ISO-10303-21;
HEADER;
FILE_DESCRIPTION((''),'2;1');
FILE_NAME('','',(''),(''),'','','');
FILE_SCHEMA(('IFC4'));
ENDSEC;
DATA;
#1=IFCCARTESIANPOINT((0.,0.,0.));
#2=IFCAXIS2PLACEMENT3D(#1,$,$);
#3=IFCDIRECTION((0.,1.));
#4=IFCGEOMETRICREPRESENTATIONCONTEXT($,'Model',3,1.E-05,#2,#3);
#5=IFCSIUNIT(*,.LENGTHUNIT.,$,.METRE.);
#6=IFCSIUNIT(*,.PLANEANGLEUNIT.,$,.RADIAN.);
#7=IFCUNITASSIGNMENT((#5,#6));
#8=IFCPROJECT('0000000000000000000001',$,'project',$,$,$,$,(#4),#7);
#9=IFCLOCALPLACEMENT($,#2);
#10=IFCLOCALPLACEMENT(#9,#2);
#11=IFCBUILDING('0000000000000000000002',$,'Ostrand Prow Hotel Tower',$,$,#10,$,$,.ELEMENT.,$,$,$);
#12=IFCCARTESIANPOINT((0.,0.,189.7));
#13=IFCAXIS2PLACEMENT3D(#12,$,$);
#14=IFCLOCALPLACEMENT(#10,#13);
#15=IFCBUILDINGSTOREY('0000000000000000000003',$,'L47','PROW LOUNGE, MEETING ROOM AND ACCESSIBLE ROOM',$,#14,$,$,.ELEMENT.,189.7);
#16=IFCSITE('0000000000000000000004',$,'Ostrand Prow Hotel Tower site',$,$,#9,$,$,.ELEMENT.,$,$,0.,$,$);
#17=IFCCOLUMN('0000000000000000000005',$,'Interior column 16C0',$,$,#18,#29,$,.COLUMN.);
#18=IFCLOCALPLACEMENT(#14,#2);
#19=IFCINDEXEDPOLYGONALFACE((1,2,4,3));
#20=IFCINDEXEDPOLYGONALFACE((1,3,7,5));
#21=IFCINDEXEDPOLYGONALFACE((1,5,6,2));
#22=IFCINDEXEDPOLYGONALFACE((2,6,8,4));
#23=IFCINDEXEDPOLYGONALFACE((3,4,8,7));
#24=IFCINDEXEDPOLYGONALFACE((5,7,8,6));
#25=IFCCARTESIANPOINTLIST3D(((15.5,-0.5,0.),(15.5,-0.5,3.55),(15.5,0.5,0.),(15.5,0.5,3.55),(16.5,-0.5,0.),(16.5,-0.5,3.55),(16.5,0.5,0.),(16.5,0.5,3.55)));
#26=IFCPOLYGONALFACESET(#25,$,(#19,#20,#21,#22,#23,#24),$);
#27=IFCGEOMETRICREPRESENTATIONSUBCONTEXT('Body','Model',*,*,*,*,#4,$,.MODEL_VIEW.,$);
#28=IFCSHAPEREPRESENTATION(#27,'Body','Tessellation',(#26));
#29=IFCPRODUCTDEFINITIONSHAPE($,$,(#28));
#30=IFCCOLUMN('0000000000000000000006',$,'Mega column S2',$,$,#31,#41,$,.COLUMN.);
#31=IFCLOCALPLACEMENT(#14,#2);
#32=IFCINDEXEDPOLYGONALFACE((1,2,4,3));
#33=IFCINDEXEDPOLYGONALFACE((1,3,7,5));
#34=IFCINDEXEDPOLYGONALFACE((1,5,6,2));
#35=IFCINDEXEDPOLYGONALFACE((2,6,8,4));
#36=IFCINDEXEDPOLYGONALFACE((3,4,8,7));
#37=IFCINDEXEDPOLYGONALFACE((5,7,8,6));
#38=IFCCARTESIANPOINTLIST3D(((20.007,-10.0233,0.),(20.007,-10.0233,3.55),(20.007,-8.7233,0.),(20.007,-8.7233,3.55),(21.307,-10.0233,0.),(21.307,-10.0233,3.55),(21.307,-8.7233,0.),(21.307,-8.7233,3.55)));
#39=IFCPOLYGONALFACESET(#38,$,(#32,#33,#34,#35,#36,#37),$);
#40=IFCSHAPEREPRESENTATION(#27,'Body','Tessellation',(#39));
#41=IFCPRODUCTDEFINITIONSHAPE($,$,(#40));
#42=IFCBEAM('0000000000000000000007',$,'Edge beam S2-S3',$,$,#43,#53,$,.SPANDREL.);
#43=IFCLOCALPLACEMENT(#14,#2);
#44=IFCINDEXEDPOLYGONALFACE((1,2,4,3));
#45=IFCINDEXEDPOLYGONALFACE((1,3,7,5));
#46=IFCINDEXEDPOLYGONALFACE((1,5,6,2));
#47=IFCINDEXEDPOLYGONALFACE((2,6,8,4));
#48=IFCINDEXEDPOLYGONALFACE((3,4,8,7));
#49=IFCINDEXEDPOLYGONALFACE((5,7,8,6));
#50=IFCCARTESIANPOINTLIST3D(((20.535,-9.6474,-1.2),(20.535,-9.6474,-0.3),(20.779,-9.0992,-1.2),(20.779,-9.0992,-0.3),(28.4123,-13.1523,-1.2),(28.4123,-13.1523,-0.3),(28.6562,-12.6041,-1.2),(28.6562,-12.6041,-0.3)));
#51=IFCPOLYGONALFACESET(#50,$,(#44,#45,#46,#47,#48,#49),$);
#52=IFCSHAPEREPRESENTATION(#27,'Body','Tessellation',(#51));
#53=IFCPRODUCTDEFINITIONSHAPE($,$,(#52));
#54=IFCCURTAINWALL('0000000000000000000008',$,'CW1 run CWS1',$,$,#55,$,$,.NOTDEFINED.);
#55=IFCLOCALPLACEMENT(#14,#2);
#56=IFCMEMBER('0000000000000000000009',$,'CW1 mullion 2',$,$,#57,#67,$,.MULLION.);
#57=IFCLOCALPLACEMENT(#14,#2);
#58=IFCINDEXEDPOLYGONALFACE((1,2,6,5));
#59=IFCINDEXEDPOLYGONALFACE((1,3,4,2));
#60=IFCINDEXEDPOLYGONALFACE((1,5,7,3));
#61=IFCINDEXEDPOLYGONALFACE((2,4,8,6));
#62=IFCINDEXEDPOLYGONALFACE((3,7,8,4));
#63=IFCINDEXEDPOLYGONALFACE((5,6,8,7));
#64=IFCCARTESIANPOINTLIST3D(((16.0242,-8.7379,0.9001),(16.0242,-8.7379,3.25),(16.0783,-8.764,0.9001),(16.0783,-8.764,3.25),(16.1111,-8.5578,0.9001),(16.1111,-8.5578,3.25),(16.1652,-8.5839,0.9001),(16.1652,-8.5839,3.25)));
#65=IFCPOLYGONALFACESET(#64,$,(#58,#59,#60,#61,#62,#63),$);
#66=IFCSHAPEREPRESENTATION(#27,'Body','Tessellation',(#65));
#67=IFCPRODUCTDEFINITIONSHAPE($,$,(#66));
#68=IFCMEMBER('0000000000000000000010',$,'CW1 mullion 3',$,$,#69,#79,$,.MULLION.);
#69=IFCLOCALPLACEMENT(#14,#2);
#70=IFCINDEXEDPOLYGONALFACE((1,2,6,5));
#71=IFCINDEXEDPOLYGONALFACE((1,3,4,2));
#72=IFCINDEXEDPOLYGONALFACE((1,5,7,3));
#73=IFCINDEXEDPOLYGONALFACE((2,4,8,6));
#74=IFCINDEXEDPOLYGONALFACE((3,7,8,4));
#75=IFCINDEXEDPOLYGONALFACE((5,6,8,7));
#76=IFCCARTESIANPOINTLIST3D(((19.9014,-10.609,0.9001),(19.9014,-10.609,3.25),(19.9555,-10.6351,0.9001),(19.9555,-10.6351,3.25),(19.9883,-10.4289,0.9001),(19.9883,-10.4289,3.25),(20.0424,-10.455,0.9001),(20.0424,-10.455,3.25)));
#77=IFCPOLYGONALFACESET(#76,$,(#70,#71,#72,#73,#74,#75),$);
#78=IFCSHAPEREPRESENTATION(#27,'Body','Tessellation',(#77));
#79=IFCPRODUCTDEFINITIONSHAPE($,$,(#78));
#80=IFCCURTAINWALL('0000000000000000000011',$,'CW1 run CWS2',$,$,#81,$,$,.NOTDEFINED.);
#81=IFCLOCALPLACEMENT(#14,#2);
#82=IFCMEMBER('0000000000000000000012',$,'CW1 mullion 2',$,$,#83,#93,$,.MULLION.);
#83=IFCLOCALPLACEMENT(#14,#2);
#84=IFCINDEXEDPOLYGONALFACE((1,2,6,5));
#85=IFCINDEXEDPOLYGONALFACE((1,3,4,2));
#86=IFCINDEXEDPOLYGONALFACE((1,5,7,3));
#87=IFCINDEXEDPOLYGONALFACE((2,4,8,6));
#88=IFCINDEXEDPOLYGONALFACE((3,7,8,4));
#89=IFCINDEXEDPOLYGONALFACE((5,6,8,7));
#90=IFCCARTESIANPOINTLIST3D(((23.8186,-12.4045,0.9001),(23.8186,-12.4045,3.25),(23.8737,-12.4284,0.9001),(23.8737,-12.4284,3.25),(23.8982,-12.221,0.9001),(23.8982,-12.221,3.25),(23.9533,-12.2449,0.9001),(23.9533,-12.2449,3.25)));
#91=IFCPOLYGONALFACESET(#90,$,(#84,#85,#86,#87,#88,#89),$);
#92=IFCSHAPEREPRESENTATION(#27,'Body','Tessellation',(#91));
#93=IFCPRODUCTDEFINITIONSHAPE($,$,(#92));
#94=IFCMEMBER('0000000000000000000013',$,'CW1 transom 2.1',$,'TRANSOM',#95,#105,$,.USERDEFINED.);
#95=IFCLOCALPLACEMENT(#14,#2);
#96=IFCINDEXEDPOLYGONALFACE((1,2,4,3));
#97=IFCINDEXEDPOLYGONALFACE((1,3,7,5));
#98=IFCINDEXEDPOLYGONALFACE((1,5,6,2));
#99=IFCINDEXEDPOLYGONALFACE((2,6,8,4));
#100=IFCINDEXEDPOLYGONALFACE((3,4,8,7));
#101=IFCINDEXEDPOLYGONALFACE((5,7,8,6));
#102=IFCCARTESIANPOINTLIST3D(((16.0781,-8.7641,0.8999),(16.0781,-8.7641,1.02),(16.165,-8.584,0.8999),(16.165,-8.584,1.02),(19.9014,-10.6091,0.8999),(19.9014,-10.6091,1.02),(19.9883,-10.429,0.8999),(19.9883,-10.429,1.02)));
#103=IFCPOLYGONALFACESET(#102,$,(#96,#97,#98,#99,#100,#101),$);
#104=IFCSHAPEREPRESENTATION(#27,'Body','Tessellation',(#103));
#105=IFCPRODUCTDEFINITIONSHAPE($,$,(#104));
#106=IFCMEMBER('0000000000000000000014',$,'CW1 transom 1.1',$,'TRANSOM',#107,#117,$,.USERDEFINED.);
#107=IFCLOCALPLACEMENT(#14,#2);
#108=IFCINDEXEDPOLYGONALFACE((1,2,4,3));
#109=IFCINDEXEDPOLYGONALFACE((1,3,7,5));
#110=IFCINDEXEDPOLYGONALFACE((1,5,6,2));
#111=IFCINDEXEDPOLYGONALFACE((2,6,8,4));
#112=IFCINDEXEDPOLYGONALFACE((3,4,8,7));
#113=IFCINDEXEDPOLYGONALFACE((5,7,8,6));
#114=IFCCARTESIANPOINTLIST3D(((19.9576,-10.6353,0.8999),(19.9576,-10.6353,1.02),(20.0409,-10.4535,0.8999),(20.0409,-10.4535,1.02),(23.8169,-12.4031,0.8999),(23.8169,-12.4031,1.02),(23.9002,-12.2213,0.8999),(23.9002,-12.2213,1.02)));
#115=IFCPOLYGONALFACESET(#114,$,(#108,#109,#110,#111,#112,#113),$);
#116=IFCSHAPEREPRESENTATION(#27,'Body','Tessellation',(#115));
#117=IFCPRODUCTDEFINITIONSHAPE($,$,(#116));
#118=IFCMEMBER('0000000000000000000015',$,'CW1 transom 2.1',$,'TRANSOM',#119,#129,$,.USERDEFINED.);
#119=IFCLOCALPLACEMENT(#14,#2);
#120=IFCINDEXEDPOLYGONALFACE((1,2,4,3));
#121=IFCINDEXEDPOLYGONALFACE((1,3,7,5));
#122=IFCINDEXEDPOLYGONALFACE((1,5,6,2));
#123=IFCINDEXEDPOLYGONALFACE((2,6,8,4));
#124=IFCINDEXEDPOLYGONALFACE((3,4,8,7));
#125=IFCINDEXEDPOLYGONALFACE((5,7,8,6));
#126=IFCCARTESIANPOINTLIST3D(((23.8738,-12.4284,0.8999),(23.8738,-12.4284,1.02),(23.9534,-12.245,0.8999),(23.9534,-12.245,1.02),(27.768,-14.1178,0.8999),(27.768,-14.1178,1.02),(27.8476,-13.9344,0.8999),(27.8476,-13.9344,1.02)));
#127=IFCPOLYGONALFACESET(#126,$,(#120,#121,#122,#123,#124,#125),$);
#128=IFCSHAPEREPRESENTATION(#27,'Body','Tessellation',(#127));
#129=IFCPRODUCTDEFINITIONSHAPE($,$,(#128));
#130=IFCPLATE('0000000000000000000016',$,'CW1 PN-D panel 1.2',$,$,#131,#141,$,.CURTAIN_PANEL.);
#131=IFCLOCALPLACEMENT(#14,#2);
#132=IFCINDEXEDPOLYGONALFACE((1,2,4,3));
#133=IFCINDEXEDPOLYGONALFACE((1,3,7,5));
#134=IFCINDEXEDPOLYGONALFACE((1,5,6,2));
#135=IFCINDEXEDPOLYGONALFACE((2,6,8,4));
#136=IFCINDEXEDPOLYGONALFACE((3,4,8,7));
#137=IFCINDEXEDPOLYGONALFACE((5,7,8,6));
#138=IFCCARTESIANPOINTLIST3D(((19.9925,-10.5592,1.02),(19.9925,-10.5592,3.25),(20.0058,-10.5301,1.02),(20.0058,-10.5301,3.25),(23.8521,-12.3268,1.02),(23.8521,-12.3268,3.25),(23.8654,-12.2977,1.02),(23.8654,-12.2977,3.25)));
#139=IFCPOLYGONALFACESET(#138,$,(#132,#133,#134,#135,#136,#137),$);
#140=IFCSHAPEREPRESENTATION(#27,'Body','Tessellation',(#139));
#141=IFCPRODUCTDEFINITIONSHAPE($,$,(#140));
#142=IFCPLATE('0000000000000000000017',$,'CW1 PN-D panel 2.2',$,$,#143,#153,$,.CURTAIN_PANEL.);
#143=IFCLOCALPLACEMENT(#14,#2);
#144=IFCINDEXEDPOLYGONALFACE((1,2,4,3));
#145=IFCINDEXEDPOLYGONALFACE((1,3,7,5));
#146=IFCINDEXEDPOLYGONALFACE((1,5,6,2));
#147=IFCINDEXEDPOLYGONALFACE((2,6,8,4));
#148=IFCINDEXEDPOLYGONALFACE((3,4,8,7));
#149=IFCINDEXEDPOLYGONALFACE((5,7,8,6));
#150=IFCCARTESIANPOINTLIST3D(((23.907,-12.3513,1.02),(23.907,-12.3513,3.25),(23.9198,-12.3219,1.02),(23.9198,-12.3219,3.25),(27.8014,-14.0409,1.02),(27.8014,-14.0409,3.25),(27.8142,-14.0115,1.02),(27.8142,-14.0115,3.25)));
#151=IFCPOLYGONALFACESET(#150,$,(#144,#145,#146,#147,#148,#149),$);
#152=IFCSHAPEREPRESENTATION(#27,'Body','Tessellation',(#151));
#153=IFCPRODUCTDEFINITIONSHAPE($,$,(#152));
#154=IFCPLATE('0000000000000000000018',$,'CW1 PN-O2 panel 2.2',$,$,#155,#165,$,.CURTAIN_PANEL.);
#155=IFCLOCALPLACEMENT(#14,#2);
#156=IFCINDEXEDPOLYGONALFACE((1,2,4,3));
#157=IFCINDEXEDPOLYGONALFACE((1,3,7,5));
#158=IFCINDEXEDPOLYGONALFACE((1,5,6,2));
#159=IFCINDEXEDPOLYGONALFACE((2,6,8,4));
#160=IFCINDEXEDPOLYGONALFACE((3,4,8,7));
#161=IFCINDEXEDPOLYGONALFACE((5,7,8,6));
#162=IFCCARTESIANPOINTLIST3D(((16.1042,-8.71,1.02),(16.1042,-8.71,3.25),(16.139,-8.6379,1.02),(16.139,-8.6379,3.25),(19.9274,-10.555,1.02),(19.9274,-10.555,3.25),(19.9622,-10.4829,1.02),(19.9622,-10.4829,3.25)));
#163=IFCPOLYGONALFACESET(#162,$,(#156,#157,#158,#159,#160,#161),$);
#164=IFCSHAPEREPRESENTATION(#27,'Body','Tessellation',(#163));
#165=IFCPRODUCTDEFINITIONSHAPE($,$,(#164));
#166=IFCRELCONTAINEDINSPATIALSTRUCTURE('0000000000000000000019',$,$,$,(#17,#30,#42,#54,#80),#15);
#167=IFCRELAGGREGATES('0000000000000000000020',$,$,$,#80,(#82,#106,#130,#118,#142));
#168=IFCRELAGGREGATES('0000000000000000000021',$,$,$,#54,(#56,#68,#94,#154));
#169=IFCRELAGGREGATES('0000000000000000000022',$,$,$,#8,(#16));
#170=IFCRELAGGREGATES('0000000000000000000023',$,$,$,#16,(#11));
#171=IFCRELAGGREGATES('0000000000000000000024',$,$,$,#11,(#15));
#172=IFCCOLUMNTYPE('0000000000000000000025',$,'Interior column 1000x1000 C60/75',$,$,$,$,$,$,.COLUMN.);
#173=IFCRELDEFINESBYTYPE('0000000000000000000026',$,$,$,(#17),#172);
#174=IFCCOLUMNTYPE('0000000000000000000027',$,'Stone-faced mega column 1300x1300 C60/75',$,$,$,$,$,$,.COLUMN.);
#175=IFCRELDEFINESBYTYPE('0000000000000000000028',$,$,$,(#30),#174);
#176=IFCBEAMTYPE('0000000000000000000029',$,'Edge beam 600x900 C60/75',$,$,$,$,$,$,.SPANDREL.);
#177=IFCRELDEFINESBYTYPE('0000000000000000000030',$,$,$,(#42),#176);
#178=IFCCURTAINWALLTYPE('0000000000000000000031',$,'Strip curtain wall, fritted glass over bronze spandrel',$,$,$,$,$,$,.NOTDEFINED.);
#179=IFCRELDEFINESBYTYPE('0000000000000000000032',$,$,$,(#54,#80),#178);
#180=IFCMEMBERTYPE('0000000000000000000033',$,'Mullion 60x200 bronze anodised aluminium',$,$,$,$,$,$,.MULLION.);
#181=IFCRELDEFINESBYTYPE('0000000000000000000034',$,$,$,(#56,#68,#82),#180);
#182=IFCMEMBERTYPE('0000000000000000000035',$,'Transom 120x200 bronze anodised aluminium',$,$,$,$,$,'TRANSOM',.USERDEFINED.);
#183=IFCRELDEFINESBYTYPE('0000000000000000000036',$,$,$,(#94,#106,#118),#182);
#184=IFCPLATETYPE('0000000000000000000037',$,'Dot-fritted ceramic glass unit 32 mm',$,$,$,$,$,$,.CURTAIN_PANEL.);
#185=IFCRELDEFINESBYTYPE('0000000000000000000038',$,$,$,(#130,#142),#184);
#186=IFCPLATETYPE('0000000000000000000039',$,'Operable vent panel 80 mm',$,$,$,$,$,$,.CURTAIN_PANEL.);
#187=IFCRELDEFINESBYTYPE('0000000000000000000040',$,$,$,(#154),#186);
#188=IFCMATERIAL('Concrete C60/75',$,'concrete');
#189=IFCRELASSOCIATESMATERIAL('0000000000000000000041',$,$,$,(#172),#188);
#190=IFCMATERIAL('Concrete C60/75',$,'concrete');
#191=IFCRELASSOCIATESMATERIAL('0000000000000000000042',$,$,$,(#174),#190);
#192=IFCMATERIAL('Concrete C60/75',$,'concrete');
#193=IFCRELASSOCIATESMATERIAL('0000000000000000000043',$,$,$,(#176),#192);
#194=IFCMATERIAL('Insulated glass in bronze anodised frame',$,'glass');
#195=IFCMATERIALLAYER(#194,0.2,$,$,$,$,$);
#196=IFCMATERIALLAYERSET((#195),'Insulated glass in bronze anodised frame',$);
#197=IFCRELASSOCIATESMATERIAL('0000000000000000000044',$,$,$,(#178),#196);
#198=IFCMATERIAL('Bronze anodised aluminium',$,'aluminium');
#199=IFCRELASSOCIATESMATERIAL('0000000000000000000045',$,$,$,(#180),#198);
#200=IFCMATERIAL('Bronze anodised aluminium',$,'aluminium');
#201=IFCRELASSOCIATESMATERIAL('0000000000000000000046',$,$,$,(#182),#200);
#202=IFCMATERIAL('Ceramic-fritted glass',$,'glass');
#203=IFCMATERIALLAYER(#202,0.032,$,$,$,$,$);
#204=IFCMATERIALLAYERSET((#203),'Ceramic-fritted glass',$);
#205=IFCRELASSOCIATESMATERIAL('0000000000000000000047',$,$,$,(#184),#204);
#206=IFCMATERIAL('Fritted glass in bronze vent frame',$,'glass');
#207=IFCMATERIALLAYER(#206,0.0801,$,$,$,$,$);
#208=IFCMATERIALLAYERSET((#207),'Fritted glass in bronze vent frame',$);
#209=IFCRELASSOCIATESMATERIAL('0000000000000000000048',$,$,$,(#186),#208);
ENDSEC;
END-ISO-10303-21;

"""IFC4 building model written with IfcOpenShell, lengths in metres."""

from ifc_helpers import new_model, si_unit, direction, frame, origin, origin_2d, place, context, subcontext, project, spatial, rectangle, extrude, material, layer, layer_set, material_profile, profile_set, type_object, element, aggregate, save


model = new_model("IFC4")

# Units and contexts
model_context = context("Model", 3, precision=1e-05, world=origin(), true_north=direction((0.0, 1.0)))
body_context = subcontext(model_context, "Body", "Model", "MODEL_VIEW")
ifc_project = project(units=[si_unit("LENGTHUNIT", "METRE"), si_unit("PLANEANGLEUNIT", "RADIAN")], contexts=[model_context])

# Site, building, storey
site_placement = place(None, origin())
site = spatial("IfcSite", under=ifc_project, at=site_placement, Name="Ostrand Prow Hotel Tower site", CompositionType="ELEMENT", RefElevation=0.0)
building_placement = place(site_placement, origin())
building = spatial("IfcBuilding", under=site, at=building_placement, Name="Ostrand Prow Hotel Tower", CompositionType="ELEMENT")
storey_placement = place(building_placement, frame((0.0, 0.0, 189.7)))
storey = spatial("IfcBuildingStorey", under=building, at=storey_placement, Name="L47", Description="PROW LOUNGE, MEETING ROOM AND ACCESSIBLE ROOM", CompositionType="ELEMENT", Elevation=189.7)

# Columns
ifc_material_1 = material(Name="Concrete C60/75", Category="concrete")
ifc_material_profile_1 = material_profile(ifc_material_1, rectangle(XDim=1.0, YDim=1.0, at=origin_2d()), Name="RC 1000x1000")
ifc_profile_set_1 = profile_set([ifc_material_profile_1], Name="Concrete C60/75")
column_type_1 = type_object("IfcColumnType", Name="Interior column 1000x1000 C60/75", PredefinedType="COLUMN", material=ifc_profile_set_1)
column_1_placement = place(storey_placement, frame((16.0, 0.0, 0.0), z_axis=(0.0, 0.0, 1.0), x_axis=(1.0, 0.0, 0.0)))
element("IfcColumn", 1, at=column_1_placement, inside=storey, type_object=column_type_1, Name="Interior column 16C0", PredefinedType="COLUMN", context=body_context, shape_type="SweptSolid", body=[
    extrude(rectangle(XDim=1.0, YDim=1.0, at=origin_2d()), origin(), (0.0, 0.0, 1.0), 3.55),
])
ifc_material_2 = material(Name="Concrete C60/75", Category="concrete")
ifc_material_profile_2 = material_profile(ifc_material_2, rectangle(XDim=1.3, YDim=1.3, at=origin_2d()), Name="RC 1300x1300")
ifc_profile_set_2 = profile_set([ifc_material_profile_2], Name="Concrete C60/75")
column_type_2 = type_object("IfcColumnType", Name="Stone-faced mega column 1300x1300 C60/75", PredefinedType="COLUMN", material=ifc_profile_set_2)
column_2_placement = place(storey_placement, frame((20.657, -9.3733, 0.0), z_axis=(0.0, 0.0, 1.0), x_axis=(1.0, 0.0, 0.0)))
element("IfcColumn", 2, at=column_2_placement, inside=storey, type_object=column_type_2, Name="Mega column S2", PredefinedType="COLUMN", context=body_context, shape_type="SweptSolid", body=[
    extrude(rectangle(XDim=1.3, YDim=1.3, at=origin_2d()), origin(), (0.0, 0.0, 1.0), 3.55),
])

# Beam
ifc_material_3 = material(Name="Concrete C60/75", Category="concrete")
ifc_material_profile_3 = material_profile(ifc_material_3, rectangle(XDim=0.6001, YDim=0.8999, at=origin_2d()), Name="RC 600x900")
ifc_profile_set_3 = profile_set([ifc_material_profile_3], Name="Concrete C60/75")
beam_type = type_object("IfcBeamType", Name="Edge beam 600x900 C60/75", PredefinedType="SPANDREL", material=ifc_profile_set_3)
beam_placement = place(storey_placement, frame((20.657, -9.3733, -0.75), z_axis=(0.913643, -0.406517, 0.0), x_axis=(0.406517, 0.913643, 0.0)))
element("IfcBeam", 3, at=beam_placement, inside=storey, type_object=beam_type, Name="Edge beam S2-S3", PredefinedType="SPANDREL", context=body_context, shape_type="SweptSolid", body=[
    extrude(rectangle(XDim=0.6001, YDim=0.8999, at=origin_2d()), origin(), (0.0, 0.0, 1.0), 8.6218),
])

# Curtain wall, members
ifc_material_4 = material(Name="Insulated glass in bronze anodised frame", Category="glass")
ifc_layer_1 = layer(ifc_material_4, 0.2)
ifc_layer_set_1 = layer_set([ifc_layer_1], Name="Insulated glass in bronze anodised frame")
curtain_wall_type = type_object("IfcCurtainWallType", Name="Strip curtain wall, fritted glass over bronze spandrel", PredefinedType="NOTDEFINED", material=ifc_layer_set_1)
curtain_wall_1_placement = place(storey_placement, origin())
curtain_wall_1 = element("IfcCurtainWall", 4, at=curtain_wall_1_placement, inside=storey, type_object=curtain_wall_type, Name="CW1 run CWS1", PredefinedType="NOTDEFINED")
ifc_material_5 = material(Name="Bronze anodised aluminium", Category="aluminium")
ifc_material_profile_4 = material_profile(ifc_material_5, rectangle(XDim=0.2, YDim=0.0601, at=origin_2d()), Name="Mullion 60x200 bronze anodised aluminium")
ifc_profile_set_4 = profile_set([ifc_material_profile_4], Name="Bronze anodised aluminium")
member_type_1 = type_object("IfcMemberType", Name="Mullion 60x200 bronze anodised aluminium", PredefinedType="MULLION", material=ifc_profile_set_4)
member_1_placement = place(storey_placement, frame((16.0947, -8.6609, 0.9001), z_axis=(0.0, 0.0, 1.0), x_axis=(0.434615, 0.900616, 0.0)))
member_1 = element("IfcMember", 5, at=member_1_placement, type_object=member_type_1, Name="CW1 mullion 2", PredefinedType="MULLION", context=body_context, shape_type="SweptSolid", body=[
    extrude(rectangle(XDim=0.2, YDim=0.0601, at=origin_2d()), origin(), (0.0, 0.0, 1.0), 2.3499),
])
member_2_placement = place(storey_placement, frame((19.9719, -10.532, 0.9001), z_axis=(0.0, 0.0, 1.0), x_axis=(0.434615, 0.900616, 0.0)))
member_2 = element("IfcMember", 6, at=member_2_placement, type_object=member_type_1, Name="CW1 mullion 3", PredefinedType="MULLION", context=body_context, shape_type="SweptSolid", body=[
    extrude(rectangle(XDim=0.2, YDim=0.0601, at=origin_2d()), origin(), (0.0, 0.0, 1.0), 2.3499),
])

# Curtain wall, member
curtain_wall_2_placement = place(storey_placement, origin())
curtain_wall_2 = element("IfcCurtainWall", 7, at=curtain_wall_2_placement, inside=storey, type_object=curtain_wall_type, Name="CW1 run CWS2", PredefinedType="NOTDEFINED")
member_3_placement = place(storey_placement, frame((23.886, -12.3247, 0.9001), z_axis=(0.0, 0.0, 1.0), x_axis=(0.398005, 0.917383, 0.0)))
member_3 = element("IfcMember", 8, at=member_3_placement, type_object=member_type_1, Name="CW1 mullion 2", PredefinedType="MULLION", context=body_context, shape_type="SweptSolid", body=[
    extrude(rectangle(XDim=0.2, YDim=0.0601, at=origin_2d()), origin(), (0.0, 0.0, 1.0), 2.3499),
])

# Members
ifc_material_6 = material(Name="Bronze anodised aluminium", Category="aluminium")
ifc_material_profile_5 = material_profile(ifc_material_6, rectangle(XDim=0.2, YDim=0.1201, at=origin_2d()), Name="Transom 120x200 bronze anodised aluminium")
ifc_profile_set_5 = profile_set([ifc_material_profile_5], Name="Bronze anodised aluminium")
member_type_2 = type_object("IfcMemberType", Name="Transom 120x200 bronze anodised aluminium", ElementType="TRANSOM", PredefinedType="USERDEFINED", material=ifc_profile_set_5)
member_4_placement = place(storey_placement, frame((16.1216, -8.6741, 0.96), z_axis=(0.900619, -0.434609, 0.0), x_axis=(0.434609, 0.900619, 0.0)))
member_4 = element("IfcMember", 9, at=member_4_placement, type_object=member_type_2, Name="CW1 transom 2.1", ObjectType="TRANSOM", PredefinedType="USERDEFINED", context=body_context, shape_type="SweptSolid", body=[
    extrude(rectangle(XDim=0.2, YDim=0.1201, at=origin_2d()), origin(), (0.0, 0.0, 1.0), 4.2451),
])
member_5_placement = place(storey_placement, frame((19.9993, -10.5444, 0.96), z_axis=(0.909159, -0.416449, 0.0), x_axis=(0.416449, 0.909159, 0.0)))
member_5 = element("IfcMember", 10, at=member_5_placement, type_object=member_type_2, Name="CW1 transom 1.1", ObjectType="TRANSOM", PredefinedType="USERDEFINED", context=body_context, shape_type="SweptSolid", body=[
    extrude(rectangle(XDim=0.2, YDim=0.1201, at=origin_2d()), origin(), (0.0, 0.0, 1.0), 4.2449),
])
member_6_placement = place(storey_placement, frame((23.9136, -12.3367, 0.96), z_axis=(0.91739, -0.39799, 0.0), x_axis=(0.39799, 0.91739, 0.0)))
member_6 = element("IfcMember", 11, at=member_6_placement, type_object=member_type_2, Name="CW1 transom 2.1", ObjectType="TRANSOM", PredefinedType="USERDEFINED", context=body_context, shape_type="SweptSolid", body=[
    extrude(rectangle(XDim=0.2, YDim=0.1201, at=origin_2d()), origin(), (0.0, 0.0, 1.0), 4.2449),
])

# Plates
ifc_material_7 = material(Name="Ceramic-fritted glass", Category="glass")
ifc_layer_2 = layer(ifc_material_7, 0.032)
ifc_layer_set_2 = layer_set([ifc_layer_2], Name="Ceramic-fritted glass")
plate_type_1 = type_object("IfcPlateType", Name="Dot-fritted ceramic glass unit 32 mm", PredefinedType="CURTAIN_PANEL", material=ifc_layer_set_2)
plate_1_placement = place(storey_placement, frame((21.929, -11.4285, 1.02), z_axis=(0.0, 0.0, 1.0), x_axis=(0.909185, -0.416393, 0.0)))
plate_1 = element("IfcPlate", 12, at=plate_1_placement, type_object=plate_type_1, Name="CW1 PN-D panel 1.2", PredefinedType="CURTAIN_PANEL", context=body_context, shape_type="SweptSolid", body=[
    extrude(rectangle(XDim=4.2451, YDim=0.032, at=origin_2d()), origin(), (0.0, 0.0, 1.0), 2.23),
])
plate_2_placement = place(storey_placement, frame((25.8606, -13.1814, 1.02), z_axis=(0.0, 0.0, 1.0), x_axis=(0.917383, -0.398005, 0.0)))
plate_2 = element("IfcPlate", 13, at=plate_2_placement, type_object=plate_type_1, Name="CW1 PN-D panel 2.2", PredefinedType="CURTAIN_PANEL", context=body_context, shape_type="SweptSolid", body=[
    extrude(rectangle(XDim=4.2451, YDim=0.032, at=origin_2d()), origin(), (0.0, 0.0, 1.0), 2.23),
])
aggregate(curtain_wall_2, [member_3, member_5, plate_1, member_6, plate_2])
ifc_material_8 = material(Name="Fritted glass in bronze vent frame", Category="glass")
ifc_layer_3 = layer(ifc_material_8, 0.0801)
ifc_layer_set_3 = layer_set([ifc_layer_3], Name="Fritted glass in bronze vent frame")
plate_type_2 = type_object("IfcPlateType", Name="Operable vent panel 80 mm", PredefinedType="CURTAIN_PANEL", material=ifc_layer_set_3)
plate_3_placement = place(storey_placement, frame((18.0332, -9.5964, 1.02), z_axis=(0.0, 0.0, 1.0), x_axis=(0.900616, -0.434615, 0.0)))
plate_3 = element("IfcPlate", 14, at=plate_3_placement, type_object=plate_type_2, Name="CW1 PN-O2 panel 2.2", PredefinedType="CURTAIN_PANEL", context=body_context, shape_type="SweptSolid", body=[
    extrude(rectangle(XDim=4.2451, YDim=0.0801, at=origin_2d()), origin(), (0.0, 0.0, 1.0), 2.23),
])
aggregate(curtain_wall_1, [member_1, member_2, member_4, plate_3])

save(model, "model.ifc")
